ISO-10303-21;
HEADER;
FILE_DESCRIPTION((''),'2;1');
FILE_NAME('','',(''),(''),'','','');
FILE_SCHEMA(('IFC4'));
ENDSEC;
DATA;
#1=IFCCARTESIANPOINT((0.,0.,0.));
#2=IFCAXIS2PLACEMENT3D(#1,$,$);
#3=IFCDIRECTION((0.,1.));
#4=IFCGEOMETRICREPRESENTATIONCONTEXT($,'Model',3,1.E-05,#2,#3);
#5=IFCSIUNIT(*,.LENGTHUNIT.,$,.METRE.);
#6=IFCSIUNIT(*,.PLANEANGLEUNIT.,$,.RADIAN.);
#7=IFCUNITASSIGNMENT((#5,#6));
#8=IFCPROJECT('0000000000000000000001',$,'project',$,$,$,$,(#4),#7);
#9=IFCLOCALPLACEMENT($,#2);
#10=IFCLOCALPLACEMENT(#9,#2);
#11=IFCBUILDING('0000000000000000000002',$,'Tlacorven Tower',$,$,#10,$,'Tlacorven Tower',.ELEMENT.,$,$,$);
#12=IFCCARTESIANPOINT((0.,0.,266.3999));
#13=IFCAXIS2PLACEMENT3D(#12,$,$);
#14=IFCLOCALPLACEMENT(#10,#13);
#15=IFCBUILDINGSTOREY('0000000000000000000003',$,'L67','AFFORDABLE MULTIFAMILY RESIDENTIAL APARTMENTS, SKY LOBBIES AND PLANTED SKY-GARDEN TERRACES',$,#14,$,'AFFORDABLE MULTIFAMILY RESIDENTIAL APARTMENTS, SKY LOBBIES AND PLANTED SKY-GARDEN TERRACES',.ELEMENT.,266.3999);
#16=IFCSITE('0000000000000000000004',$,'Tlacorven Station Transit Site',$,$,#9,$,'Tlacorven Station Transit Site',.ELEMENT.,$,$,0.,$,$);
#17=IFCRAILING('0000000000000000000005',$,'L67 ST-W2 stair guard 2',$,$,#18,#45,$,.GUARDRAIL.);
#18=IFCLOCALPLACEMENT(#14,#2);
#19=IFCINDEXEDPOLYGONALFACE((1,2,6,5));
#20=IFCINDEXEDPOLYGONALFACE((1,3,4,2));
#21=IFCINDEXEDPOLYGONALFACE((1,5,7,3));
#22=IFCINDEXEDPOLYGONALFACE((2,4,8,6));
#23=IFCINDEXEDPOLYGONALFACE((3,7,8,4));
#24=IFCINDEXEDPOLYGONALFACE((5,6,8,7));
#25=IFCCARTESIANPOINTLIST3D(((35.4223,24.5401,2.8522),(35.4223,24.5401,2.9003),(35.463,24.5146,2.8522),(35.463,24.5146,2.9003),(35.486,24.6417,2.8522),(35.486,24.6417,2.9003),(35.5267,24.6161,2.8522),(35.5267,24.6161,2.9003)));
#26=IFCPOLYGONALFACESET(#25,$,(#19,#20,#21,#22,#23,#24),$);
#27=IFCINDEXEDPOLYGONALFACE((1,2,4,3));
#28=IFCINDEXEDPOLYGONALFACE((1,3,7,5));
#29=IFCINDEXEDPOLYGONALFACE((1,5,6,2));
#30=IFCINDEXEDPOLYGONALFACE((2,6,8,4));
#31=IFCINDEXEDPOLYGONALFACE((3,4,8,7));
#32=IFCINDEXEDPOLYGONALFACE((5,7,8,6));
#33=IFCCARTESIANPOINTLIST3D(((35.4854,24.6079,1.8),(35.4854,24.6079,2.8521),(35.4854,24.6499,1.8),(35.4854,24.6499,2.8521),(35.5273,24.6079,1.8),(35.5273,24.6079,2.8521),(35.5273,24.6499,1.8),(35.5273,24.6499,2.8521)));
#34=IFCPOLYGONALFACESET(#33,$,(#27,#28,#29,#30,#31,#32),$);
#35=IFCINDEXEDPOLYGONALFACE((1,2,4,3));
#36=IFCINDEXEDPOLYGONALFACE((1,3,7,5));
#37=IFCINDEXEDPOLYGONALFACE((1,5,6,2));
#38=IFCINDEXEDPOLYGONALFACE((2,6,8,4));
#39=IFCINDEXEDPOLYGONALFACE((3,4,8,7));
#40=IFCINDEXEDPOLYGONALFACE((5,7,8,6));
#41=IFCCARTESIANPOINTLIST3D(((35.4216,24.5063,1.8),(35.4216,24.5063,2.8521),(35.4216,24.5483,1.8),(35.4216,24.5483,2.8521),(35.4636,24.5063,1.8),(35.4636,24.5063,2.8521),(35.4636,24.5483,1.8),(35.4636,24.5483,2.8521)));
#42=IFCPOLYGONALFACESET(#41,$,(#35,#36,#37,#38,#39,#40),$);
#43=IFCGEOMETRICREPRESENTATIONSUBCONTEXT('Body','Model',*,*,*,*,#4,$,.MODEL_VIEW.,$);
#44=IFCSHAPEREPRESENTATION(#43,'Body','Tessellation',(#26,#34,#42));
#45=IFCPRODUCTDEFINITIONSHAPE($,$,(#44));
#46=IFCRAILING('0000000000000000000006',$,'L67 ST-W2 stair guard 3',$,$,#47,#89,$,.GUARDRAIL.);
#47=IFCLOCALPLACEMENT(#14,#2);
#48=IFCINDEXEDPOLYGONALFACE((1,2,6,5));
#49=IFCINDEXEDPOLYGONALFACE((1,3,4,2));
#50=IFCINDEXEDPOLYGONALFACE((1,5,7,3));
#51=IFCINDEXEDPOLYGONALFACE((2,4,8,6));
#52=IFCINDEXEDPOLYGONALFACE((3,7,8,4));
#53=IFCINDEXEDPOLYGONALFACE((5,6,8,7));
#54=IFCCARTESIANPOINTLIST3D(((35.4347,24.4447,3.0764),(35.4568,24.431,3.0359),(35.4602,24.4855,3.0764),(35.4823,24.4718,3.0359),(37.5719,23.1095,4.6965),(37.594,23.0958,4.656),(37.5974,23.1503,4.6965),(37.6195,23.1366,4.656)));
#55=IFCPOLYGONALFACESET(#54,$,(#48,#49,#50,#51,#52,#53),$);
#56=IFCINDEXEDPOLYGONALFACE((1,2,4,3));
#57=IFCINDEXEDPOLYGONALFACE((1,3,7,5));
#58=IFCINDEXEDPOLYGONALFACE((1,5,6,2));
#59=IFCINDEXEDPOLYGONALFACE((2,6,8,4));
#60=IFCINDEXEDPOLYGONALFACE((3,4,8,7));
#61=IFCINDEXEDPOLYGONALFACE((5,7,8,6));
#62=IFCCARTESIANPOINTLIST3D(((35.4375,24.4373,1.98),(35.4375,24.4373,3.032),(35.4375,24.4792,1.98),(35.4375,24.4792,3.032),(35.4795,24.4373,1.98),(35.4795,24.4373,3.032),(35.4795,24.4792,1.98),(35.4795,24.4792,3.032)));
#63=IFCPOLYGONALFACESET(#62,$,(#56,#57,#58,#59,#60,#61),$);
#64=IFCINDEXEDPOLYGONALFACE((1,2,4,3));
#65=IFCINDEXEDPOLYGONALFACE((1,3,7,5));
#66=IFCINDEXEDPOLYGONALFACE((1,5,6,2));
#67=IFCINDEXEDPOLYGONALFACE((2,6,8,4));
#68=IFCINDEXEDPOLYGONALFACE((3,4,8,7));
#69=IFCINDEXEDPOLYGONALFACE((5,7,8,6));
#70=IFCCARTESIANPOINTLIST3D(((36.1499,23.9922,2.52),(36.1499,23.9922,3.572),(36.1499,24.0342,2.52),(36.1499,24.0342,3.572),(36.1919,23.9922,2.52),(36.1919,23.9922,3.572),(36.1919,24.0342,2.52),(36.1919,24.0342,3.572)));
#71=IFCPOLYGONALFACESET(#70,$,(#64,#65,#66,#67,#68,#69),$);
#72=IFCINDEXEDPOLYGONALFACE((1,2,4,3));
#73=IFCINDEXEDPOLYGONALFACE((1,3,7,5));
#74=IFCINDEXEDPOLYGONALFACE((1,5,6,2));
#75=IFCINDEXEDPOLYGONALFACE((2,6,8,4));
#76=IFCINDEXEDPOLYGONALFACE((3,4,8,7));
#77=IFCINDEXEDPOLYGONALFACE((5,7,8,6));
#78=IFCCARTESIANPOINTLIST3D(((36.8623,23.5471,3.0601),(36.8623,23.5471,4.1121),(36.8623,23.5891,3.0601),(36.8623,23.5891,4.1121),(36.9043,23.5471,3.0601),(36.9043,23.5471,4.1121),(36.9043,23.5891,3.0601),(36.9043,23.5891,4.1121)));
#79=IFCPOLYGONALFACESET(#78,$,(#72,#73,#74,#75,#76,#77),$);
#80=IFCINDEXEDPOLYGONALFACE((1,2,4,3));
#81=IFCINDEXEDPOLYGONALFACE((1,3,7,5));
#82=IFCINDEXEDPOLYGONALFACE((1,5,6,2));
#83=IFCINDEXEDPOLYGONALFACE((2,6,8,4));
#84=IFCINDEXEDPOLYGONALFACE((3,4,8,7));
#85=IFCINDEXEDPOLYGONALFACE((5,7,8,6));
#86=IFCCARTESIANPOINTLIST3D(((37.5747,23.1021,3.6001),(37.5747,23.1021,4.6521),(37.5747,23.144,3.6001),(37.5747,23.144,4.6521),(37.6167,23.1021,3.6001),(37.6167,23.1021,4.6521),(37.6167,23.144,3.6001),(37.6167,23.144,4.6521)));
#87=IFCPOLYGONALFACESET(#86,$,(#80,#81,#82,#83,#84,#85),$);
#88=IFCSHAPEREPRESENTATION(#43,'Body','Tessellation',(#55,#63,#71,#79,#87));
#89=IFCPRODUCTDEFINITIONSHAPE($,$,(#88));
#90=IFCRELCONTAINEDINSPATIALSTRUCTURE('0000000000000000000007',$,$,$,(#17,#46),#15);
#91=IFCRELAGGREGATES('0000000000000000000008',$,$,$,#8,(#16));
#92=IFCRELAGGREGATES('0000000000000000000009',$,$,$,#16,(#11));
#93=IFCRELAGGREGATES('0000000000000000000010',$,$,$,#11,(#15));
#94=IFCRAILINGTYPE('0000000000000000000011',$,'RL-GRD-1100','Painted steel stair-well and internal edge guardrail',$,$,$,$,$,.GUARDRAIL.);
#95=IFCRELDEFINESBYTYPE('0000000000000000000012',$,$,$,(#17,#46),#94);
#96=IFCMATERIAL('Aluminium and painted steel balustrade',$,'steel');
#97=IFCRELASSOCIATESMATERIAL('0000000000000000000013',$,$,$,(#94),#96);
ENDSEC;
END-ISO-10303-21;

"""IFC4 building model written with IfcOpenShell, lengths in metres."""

from ifc_helpers import new_model, si_unit, direction, frame, origin, origin_2d, place, context, subcontext, project, spatial, rectangle, extrude, source, transform, mapped, material, type_object, element, save


model = new_model("IFC4")

# Units and contexts
model_context = context("Model", 3, precision=1e-05, world=origin(), true_north=direction((0.0, 1.0)))
body_context = subcontext(model_context, "Body", "Model", "MODEL_VIEW")
ifc_project = project(units=[si_unit("LENGTHUNIT", "METRE"), si_unit("PLANEANGLEUNIT", "RADIAN")], contexts=[model_context])

# Site, building, storey
site_placement = place(None, origin())
site = spatial("IfcSite", under=ifc_project, at=site_placement, Name="Tlacorven Station Transit Site", LongName="Tlacorven Station Transit Site", CompositionType="ELEMENT", RefElevation=0.0)
building_placement = place(site_placement, origin())
building = spatial("IfcBuilding", under=site, at=building_placement, Name="Tlacorven Tower", LongName="Tlacorven Tower", CompositionType="ELEMENT")
storey_placement = place(building_placement, frame((0.0, 0.0, 266.3999)))
storey = spatial("IfcBuildingStorey", under=building, at=storey_placement, Name="L67", Description="AFFORDABLE MULTIFAMILY RESIDENTIAL APARTMENTS, SKY LOBBIES AND PLANTED SKY-GARDEN TERRACES", LongName="AFFORDABLE MULTIFAMILY RESIDENTIAL APARTMENTS, SKY LOBBIES AND PLANTED SKY-GARDEN TERRACES", CompositionType="ELEMENT", Elevation=266.3999)

# Railings
ifc_material_1 = material(Name="Aluminium and painted steel balustrade", Category="steel")
railing_type_1 = type_object("IfcRailingType", Name="RL-GRD-1100", Description="Painted steel stair-well and internal edge guardrail", PredefinedType="GUARDRAIL", material=ifc_material_1)
shared_shape_1 = source(origin(), body_context, "Body", "SweptSolid", [
    extrude(rectangle(XDim=0.0481, YDim=0.0481, at=origin_2d()), frame((0.0, 0.0, 1.0762), z_axis=(-0.531462, -0.847082, 0.0), x_axis=(0.847082, -0.531462, 0.0)), (0.0, 0.0, 1.0), 0.1199),
    extrude(rectangle(XDim=0.042, YDim=0.042, at=origin_2d()), origin(), (0.0, 0.0, 1.0), 1.052),
    extrude(rectangle(XDim=0.042, YDim=0.042, at=origin_2d()), frame((-0.0637, -0.1016, 0.0)), (0.0, 0.0, 1.0), 1.052),
])
railing_1_placement = place(storey_placement, frame((35.5063, 24.6289, 1.8)))
element("IfcRailing", 1, at=railing_1_placement, inside=storey, type_object=railing_type_1, Name="L67 ST-W2 stair guard 2", PredefinedType="GUARDRAIL", context=body_context, shape_type="MappedRepresentation", body=[
    mapped(shared_shape_1, transform((0.0, 0.0, 0.0), scale=1.0)),
])
shared_shape_2 = source(origin(), body_context, "Body", "SweptSolid", [
    extrude(rectangle(XDim=0.0481, YDim=0.0481, at=origin_2d()), frame((0.0, 0.0, 1.0762), z_axis=(0.713386, -0.445683, 0.540784), x_axis=(0.529842, 0.848096, 0.0)), (0.0, 0.0, 1.0), 2.9958),
    extrude(rectangle(XDim=0.042, YDim=0.042, at=origin_2d()), origin(), (0.0, 0.0, 1.0), 1.052),
    extrude(rectangle(XDim=0.042, YDim=0.042, at=origin_2d()), frame((0.7124, -0.4451, 0.54)), (0.0, 0.0, 1.0), 1.052),
    extrude(rectangle(XDim=0.042, YDim=0.042, at=origin_2d()), frame((1.4248, -0.8901, 1.0801)), (0.0, 0.0, 1.0), 1.052),
    extrude(rectangle(XDim=0.042, YDim=0.042, at=origin_2d()), frame((2.1372, -1.3352, 1.6201)), (0.0, 0.0, 1.0), 1.052),
])
railing_2_placement = place(storey_placement, frame((35.4585, 24.4583, 1.98)))
element("IfcRailing", 2, at=railing_2_placement, inside=storey, type_object=railing_type_1, Name="L67 ST-W2 stair guard 3", PredefinedType="GUARDRAIL", context=body_context, shape_type="MappedRepresentation", body=[
    mapped(shared_shape_2, transform((0.0, 0.0, 0.0), scale=1.0)),
])

save(model, "model.ifc")
